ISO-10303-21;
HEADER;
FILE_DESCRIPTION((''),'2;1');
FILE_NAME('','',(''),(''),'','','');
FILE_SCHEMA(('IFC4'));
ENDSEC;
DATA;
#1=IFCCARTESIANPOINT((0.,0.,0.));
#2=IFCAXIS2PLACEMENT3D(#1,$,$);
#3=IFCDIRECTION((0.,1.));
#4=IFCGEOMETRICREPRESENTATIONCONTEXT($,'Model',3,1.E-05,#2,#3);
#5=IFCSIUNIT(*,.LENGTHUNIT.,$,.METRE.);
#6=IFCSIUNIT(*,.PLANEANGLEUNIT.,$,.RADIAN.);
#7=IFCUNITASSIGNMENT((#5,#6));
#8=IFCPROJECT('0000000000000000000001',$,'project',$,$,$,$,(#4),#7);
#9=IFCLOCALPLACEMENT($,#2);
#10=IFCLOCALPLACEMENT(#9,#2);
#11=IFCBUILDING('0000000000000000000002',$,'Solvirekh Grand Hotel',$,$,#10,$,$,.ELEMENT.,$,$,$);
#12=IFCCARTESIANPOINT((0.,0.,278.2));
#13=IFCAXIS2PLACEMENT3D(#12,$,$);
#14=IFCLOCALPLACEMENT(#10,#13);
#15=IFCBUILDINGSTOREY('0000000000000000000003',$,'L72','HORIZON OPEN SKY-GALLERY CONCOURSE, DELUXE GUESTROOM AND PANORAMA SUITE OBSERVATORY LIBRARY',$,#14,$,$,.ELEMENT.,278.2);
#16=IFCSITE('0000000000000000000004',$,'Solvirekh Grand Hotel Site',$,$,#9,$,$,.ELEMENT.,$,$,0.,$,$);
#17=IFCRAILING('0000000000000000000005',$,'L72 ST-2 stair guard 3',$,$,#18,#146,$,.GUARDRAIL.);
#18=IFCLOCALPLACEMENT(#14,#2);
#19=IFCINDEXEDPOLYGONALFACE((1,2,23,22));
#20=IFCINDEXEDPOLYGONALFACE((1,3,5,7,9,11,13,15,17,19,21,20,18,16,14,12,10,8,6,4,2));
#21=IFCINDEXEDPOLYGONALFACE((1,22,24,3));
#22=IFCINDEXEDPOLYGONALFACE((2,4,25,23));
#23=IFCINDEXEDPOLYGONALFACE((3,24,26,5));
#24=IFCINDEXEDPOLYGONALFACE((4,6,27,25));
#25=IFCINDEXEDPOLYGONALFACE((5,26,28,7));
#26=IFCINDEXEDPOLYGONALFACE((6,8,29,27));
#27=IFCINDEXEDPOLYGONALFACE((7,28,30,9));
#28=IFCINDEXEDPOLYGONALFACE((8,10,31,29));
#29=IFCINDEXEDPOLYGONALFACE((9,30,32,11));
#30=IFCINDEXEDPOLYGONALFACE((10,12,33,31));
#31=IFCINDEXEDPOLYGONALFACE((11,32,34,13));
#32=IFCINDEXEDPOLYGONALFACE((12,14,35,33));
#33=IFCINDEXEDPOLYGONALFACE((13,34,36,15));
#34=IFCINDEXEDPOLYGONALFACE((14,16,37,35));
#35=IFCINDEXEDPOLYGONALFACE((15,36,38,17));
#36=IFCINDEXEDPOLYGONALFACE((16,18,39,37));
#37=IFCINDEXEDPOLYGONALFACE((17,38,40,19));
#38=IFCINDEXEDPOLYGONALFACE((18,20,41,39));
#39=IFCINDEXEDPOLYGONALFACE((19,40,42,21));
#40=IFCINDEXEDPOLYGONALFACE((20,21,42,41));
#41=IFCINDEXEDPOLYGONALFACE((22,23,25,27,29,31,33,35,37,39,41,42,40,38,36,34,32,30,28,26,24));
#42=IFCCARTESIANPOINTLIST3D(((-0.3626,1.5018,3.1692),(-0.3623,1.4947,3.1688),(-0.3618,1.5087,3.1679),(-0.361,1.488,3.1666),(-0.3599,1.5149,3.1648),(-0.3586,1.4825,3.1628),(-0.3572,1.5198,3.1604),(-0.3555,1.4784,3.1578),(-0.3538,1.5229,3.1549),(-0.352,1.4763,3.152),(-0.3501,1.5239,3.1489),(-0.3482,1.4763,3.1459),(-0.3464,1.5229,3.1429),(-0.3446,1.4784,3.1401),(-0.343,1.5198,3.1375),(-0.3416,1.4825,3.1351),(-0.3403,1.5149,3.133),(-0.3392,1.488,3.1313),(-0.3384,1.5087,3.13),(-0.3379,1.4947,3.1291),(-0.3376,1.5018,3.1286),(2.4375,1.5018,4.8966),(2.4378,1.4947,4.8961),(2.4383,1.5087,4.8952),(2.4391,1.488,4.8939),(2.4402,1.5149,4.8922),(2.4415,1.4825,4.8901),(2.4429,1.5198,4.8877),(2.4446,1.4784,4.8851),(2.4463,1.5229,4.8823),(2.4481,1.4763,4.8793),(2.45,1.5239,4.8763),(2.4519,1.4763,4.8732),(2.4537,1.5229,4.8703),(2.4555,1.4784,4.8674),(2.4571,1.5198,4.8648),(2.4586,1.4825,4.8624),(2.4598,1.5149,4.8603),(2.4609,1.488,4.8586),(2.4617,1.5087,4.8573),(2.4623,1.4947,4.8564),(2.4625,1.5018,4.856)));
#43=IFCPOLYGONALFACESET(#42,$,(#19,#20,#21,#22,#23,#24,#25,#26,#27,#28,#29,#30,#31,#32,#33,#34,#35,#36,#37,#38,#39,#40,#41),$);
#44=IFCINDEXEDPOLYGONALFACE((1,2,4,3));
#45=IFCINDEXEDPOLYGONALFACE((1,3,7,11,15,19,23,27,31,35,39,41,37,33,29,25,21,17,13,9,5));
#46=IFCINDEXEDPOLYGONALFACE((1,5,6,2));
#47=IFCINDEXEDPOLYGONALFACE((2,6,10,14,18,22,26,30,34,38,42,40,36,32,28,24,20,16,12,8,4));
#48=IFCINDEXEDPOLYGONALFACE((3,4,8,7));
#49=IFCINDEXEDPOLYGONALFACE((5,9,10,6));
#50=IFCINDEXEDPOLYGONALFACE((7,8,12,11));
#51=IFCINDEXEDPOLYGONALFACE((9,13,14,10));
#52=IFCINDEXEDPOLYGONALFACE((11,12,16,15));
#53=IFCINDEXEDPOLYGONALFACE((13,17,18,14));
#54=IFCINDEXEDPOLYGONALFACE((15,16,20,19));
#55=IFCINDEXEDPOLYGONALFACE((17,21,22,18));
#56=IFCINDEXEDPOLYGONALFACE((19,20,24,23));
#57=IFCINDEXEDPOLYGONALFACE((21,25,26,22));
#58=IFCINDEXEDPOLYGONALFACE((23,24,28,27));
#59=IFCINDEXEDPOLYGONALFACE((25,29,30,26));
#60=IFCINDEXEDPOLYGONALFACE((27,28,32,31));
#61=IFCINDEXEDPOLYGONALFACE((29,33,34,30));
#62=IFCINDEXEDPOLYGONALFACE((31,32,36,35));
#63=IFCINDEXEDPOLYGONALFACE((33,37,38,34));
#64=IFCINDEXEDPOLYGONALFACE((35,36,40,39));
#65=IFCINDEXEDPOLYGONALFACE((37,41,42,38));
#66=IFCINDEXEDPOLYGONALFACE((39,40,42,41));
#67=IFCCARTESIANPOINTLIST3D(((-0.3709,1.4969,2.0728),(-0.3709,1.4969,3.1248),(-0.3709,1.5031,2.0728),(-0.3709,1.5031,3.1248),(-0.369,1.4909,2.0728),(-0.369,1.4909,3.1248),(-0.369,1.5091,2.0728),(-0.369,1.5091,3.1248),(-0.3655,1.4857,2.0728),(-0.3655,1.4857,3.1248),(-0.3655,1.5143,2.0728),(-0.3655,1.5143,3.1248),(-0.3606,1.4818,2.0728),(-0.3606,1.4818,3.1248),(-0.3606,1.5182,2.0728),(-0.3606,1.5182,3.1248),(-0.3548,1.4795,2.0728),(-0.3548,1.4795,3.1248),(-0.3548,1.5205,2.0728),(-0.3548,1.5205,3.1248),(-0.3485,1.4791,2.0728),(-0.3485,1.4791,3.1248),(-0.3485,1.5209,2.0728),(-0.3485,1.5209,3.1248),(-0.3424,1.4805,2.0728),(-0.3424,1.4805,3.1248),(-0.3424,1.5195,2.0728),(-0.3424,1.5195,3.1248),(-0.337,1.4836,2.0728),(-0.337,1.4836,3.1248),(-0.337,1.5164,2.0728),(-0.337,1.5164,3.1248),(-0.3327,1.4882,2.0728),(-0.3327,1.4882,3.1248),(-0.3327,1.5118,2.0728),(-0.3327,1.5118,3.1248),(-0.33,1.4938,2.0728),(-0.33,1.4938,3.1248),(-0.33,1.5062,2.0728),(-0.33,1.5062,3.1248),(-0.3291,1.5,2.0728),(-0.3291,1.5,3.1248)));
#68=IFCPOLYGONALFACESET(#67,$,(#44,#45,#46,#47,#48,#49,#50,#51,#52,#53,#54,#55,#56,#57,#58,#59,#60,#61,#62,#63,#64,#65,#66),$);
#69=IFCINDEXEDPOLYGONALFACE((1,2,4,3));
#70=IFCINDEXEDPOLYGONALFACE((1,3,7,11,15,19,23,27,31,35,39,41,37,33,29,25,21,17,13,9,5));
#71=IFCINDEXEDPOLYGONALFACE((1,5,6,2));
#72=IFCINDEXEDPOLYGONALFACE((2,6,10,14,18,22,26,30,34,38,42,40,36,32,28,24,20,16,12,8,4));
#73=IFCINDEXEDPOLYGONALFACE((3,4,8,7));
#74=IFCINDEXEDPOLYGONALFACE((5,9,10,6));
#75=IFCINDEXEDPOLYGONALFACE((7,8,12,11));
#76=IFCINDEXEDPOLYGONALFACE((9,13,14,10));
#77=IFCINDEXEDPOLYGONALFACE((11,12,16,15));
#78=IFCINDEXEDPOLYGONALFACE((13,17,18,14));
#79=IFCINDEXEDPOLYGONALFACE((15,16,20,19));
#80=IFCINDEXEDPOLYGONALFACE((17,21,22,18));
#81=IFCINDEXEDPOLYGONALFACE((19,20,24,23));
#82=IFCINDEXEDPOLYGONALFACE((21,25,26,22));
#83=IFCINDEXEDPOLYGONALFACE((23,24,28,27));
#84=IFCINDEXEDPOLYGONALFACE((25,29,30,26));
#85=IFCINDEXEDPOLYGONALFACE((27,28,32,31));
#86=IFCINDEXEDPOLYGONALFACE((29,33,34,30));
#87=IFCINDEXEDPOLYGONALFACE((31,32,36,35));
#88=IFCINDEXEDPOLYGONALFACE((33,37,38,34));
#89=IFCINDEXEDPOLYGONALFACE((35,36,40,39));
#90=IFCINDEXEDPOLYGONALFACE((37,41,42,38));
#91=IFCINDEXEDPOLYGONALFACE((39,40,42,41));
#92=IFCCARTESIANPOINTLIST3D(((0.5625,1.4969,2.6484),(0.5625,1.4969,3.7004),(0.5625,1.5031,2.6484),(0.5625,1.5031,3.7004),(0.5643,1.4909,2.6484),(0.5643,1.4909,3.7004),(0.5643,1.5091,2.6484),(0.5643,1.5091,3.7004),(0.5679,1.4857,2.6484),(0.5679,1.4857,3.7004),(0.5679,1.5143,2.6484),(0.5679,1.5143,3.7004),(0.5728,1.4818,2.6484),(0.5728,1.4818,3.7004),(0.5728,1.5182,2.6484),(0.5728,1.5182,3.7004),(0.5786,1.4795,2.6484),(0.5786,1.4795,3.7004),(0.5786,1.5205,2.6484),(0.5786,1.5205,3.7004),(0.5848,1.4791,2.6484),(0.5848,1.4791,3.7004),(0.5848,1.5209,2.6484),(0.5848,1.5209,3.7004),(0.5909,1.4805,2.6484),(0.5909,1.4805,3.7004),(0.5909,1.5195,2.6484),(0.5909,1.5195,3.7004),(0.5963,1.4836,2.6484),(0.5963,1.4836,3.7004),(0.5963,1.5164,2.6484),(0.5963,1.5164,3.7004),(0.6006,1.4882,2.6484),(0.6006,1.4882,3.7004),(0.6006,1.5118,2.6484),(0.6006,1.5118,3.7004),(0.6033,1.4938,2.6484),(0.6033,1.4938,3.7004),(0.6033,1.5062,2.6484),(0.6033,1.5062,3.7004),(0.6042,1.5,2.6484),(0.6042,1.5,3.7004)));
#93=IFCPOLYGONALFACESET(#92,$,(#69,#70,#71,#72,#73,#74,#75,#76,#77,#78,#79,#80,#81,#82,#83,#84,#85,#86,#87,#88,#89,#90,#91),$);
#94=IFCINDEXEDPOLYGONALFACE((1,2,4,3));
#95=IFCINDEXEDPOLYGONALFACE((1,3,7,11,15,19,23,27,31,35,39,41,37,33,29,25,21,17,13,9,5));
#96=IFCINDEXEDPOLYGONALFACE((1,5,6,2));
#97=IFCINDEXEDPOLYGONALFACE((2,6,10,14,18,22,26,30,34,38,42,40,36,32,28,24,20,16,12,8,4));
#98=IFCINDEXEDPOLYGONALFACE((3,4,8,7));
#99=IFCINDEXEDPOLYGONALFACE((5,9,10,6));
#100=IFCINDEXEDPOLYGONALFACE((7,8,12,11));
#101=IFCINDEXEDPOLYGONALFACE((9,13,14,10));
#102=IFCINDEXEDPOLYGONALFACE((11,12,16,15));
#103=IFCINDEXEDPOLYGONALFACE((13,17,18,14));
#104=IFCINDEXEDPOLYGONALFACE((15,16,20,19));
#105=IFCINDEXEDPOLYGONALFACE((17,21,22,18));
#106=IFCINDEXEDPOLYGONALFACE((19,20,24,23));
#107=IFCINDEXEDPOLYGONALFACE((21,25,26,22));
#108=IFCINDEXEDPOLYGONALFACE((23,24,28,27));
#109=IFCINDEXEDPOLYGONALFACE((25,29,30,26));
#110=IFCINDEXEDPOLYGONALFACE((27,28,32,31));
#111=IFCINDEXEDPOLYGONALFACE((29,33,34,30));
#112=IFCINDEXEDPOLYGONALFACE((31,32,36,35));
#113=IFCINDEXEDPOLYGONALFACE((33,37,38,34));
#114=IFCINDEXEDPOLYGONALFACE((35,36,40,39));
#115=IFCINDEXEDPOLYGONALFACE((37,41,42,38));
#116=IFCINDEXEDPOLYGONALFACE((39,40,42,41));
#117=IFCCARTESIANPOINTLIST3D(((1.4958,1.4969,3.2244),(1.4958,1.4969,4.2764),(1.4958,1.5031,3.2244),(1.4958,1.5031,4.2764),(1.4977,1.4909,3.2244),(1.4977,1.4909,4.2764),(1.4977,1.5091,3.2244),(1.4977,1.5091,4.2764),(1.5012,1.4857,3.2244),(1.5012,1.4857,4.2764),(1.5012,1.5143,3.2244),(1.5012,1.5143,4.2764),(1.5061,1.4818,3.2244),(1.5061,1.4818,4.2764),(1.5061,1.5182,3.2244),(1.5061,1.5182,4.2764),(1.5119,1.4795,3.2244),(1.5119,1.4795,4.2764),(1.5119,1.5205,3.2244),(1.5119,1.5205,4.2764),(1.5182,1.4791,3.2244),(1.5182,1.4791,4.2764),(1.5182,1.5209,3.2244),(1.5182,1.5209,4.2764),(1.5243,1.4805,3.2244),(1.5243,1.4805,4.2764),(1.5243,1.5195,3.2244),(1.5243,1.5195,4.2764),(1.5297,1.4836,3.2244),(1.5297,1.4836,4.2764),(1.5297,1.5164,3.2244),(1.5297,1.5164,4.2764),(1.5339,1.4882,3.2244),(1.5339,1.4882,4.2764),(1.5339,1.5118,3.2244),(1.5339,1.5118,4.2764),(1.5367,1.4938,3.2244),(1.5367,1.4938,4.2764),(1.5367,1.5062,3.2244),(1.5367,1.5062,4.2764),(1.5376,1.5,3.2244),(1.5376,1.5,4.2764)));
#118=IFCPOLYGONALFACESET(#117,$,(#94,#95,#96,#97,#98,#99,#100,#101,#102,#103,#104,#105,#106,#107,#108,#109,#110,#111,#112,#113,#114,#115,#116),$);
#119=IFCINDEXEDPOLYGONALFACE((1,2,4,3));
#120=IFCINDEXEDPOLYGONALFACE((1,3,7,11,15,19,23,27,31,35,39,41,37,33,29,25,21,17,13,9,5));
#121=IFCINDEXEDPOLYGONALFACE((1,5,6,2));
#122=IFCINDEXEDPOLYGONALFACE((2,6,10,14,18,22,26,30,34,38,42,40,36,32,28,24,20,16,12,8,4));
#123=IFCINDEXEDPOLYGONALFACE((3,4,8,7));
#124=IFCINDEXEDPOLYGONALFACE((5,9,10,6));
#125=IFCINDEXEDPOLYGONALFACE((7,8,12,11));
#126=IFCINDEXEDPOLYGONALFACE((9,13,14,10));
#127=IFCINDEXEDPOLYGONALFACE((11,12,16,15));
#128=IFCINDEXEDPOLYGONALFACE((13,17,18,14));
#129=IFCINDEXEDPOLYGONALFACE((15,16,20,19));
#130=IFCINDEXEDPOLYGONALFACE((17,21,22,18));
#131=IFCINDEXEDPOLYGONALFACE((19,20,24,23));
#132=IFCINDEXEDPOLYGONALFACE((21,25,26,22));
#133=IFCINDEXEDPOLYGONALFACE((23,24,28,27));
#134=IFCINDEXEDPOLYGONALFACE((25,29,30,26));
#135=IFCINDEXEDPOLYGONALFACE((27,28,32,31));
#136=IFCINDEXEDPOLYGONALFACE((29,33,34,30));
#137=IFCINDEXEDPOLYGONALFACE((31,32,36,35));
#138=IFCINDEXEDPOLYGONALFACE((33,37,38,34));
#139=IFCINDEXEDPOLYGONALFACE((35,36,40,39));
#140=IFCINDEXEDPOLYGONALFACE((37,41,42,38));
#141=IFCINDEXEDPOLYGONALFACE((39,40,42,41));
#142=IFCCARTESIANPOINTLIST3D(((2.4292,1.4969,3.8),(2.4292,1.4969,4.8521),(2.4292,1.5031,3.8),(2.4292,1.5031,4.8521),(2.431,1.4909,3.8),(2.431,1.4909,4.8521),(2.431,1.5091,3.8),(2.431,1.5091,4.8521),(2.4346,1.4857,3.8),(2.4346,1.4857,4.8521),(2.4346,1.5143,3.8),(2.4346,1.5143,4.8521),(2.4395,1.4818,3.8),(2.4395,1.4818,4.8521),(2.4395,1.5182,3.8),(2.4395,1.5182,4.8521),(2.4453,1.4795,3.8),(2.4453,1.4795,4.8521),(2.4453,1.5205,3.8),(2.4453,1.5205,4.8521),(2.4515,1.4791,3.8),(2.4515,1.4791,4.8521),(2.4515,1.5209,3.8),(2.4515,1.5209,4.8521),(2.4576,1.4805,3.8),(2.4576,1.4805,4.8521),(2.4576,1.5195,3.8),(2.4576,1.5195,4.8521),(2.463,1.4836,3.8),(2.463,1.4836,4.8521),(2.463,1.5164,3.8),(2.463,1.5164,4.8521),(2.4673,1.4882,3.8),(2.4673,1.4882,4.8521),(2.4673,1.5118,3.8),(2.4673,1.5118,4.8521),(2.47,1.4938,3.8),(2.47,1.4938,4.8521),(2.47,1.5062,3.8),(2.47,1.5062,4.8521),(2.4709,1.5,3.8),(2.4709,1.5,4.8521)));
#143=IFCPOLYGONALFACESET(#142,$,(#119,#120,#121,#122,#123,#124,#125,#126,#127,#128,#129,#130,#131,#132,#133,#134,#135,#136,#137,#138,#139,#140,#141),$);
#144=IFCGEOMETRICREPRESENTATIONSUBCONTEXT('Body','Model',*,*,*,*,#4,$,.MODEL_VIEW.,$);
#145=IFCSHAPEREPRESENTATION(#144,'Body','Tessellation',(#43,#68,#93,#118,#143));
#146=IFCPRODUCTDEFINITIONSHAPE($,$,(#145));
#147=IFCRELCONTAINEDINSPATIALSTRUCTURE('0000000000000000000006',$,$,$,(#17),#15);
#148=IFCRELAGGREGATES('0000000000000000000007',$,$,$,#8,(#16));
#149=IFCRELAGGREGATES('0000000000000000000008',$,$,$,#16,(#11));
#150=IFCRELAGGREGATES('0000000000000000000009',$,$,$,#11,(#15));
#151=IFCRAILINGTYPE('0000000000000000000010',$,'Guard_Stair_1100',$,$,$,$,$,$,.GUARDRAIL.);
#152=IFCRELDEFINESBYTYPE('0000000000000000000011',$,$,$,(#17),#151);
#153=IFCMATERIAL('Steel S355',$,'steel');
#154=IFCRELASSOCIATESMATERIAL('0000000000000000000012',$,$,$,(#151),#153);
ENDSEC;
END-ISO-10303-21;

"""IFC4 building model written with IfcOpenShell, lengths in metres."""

from ifc_helpers import new_model, si_unit, direction, frame, origin, origin_2d, place, context, subcontext, project, spatial, circle, extrude, material, type_object, element, save


model = new_model("IFC4")

# Units and contexts
model_context = context("Model", 3, precision=1e-05, world=origin(), true_north=direction((0.0, 1.0)))
body_context = subcontext(model_context, "Body", "Model", "MODEL_VIEW")
ifc_project = project(units=[si_unit("LENGTHUNIT", "METRE"), si_unit("PLANEANGLEUNIT", "RADIAN")], contexts=[model_context])

# Site, building, storey
site_placement = place(None, origin())
site = spatial("IfcSite", under=ifc_project, at=site_placement, Name="Solvirekh Grand Hotel Site", CompositionType="ELEMENT", RefElevation=0.0)
building_placement = place(site_placement, origin())
building = spatial("IfcBuilding", under=site, at=building_placement, Name="Solvirekh Grand Hotel", CompositionType="ELEMENT")
storey_placement = place(building_placement, frame((0.0, 0.0, 278.2)))
storey = spatial("IfcBuildingStorey", under=building, at=storey_placement, Name="L72", Description="HORIZON OPEN SKY-GALLERY CONCOURSE, DELUXE GUESTROOM AND PANORAMA SUITE OBSERVATORY LIBRARY", CompositionType="ELEMENT", Elevation=278.2)

# Railing
ifc_material_1 = material(Name="Steel S355", Category="steel")
railing_type = type_object("IfcRailingType", Name="Guard_Stair_1100", PredefinedType="GUARDRAIL", material=ifc_material_1)
railing_1_placement = place(storey_placement, frame((-0.3501, 1.5, 2.0728)))
element("IfcRailing", 1, at=railing_1_placement, inside=storey, type_object=railing_type, Name="L72 ST-2 stair guard 3", PredefinedType="GUARDRAIL", context=body_context, shape_type="SweptSolid", body=[
    extrude(circle(Radius=0.0239, at=origin_2d()), frame((0.0, 0.0, 1.0762), z_axis=(0.85109, 0.0, 0.52502), x_axis=(0.0, 1.0, 0.0)), (0.0, 0.0, 1.0), 3.29),
    extrude(circle(Radius=0.021, at=origin_2d()), origin(), (0.0, 0.0, 1.0), 1.052),
    extrude(circle(Radius=0.021, at=origin_2d()), frame((0.9333, 0.0, 0.5757)), (0.0, 0.0, 1.0), 1.052),
    extrude(circle(Radius=0.021, at=origin_2d()), frame((1.8667, 0.0, 1.1516)), (0.0, 0.0, 1.0), 1.052),
    extrude(circle(Radius=0.021, at=origin_2d()), frame((2.8, 0.0, 1.7273)), (0.0, 0.0, 1.0), 1.052),
])

save(model, "model.ifc")
